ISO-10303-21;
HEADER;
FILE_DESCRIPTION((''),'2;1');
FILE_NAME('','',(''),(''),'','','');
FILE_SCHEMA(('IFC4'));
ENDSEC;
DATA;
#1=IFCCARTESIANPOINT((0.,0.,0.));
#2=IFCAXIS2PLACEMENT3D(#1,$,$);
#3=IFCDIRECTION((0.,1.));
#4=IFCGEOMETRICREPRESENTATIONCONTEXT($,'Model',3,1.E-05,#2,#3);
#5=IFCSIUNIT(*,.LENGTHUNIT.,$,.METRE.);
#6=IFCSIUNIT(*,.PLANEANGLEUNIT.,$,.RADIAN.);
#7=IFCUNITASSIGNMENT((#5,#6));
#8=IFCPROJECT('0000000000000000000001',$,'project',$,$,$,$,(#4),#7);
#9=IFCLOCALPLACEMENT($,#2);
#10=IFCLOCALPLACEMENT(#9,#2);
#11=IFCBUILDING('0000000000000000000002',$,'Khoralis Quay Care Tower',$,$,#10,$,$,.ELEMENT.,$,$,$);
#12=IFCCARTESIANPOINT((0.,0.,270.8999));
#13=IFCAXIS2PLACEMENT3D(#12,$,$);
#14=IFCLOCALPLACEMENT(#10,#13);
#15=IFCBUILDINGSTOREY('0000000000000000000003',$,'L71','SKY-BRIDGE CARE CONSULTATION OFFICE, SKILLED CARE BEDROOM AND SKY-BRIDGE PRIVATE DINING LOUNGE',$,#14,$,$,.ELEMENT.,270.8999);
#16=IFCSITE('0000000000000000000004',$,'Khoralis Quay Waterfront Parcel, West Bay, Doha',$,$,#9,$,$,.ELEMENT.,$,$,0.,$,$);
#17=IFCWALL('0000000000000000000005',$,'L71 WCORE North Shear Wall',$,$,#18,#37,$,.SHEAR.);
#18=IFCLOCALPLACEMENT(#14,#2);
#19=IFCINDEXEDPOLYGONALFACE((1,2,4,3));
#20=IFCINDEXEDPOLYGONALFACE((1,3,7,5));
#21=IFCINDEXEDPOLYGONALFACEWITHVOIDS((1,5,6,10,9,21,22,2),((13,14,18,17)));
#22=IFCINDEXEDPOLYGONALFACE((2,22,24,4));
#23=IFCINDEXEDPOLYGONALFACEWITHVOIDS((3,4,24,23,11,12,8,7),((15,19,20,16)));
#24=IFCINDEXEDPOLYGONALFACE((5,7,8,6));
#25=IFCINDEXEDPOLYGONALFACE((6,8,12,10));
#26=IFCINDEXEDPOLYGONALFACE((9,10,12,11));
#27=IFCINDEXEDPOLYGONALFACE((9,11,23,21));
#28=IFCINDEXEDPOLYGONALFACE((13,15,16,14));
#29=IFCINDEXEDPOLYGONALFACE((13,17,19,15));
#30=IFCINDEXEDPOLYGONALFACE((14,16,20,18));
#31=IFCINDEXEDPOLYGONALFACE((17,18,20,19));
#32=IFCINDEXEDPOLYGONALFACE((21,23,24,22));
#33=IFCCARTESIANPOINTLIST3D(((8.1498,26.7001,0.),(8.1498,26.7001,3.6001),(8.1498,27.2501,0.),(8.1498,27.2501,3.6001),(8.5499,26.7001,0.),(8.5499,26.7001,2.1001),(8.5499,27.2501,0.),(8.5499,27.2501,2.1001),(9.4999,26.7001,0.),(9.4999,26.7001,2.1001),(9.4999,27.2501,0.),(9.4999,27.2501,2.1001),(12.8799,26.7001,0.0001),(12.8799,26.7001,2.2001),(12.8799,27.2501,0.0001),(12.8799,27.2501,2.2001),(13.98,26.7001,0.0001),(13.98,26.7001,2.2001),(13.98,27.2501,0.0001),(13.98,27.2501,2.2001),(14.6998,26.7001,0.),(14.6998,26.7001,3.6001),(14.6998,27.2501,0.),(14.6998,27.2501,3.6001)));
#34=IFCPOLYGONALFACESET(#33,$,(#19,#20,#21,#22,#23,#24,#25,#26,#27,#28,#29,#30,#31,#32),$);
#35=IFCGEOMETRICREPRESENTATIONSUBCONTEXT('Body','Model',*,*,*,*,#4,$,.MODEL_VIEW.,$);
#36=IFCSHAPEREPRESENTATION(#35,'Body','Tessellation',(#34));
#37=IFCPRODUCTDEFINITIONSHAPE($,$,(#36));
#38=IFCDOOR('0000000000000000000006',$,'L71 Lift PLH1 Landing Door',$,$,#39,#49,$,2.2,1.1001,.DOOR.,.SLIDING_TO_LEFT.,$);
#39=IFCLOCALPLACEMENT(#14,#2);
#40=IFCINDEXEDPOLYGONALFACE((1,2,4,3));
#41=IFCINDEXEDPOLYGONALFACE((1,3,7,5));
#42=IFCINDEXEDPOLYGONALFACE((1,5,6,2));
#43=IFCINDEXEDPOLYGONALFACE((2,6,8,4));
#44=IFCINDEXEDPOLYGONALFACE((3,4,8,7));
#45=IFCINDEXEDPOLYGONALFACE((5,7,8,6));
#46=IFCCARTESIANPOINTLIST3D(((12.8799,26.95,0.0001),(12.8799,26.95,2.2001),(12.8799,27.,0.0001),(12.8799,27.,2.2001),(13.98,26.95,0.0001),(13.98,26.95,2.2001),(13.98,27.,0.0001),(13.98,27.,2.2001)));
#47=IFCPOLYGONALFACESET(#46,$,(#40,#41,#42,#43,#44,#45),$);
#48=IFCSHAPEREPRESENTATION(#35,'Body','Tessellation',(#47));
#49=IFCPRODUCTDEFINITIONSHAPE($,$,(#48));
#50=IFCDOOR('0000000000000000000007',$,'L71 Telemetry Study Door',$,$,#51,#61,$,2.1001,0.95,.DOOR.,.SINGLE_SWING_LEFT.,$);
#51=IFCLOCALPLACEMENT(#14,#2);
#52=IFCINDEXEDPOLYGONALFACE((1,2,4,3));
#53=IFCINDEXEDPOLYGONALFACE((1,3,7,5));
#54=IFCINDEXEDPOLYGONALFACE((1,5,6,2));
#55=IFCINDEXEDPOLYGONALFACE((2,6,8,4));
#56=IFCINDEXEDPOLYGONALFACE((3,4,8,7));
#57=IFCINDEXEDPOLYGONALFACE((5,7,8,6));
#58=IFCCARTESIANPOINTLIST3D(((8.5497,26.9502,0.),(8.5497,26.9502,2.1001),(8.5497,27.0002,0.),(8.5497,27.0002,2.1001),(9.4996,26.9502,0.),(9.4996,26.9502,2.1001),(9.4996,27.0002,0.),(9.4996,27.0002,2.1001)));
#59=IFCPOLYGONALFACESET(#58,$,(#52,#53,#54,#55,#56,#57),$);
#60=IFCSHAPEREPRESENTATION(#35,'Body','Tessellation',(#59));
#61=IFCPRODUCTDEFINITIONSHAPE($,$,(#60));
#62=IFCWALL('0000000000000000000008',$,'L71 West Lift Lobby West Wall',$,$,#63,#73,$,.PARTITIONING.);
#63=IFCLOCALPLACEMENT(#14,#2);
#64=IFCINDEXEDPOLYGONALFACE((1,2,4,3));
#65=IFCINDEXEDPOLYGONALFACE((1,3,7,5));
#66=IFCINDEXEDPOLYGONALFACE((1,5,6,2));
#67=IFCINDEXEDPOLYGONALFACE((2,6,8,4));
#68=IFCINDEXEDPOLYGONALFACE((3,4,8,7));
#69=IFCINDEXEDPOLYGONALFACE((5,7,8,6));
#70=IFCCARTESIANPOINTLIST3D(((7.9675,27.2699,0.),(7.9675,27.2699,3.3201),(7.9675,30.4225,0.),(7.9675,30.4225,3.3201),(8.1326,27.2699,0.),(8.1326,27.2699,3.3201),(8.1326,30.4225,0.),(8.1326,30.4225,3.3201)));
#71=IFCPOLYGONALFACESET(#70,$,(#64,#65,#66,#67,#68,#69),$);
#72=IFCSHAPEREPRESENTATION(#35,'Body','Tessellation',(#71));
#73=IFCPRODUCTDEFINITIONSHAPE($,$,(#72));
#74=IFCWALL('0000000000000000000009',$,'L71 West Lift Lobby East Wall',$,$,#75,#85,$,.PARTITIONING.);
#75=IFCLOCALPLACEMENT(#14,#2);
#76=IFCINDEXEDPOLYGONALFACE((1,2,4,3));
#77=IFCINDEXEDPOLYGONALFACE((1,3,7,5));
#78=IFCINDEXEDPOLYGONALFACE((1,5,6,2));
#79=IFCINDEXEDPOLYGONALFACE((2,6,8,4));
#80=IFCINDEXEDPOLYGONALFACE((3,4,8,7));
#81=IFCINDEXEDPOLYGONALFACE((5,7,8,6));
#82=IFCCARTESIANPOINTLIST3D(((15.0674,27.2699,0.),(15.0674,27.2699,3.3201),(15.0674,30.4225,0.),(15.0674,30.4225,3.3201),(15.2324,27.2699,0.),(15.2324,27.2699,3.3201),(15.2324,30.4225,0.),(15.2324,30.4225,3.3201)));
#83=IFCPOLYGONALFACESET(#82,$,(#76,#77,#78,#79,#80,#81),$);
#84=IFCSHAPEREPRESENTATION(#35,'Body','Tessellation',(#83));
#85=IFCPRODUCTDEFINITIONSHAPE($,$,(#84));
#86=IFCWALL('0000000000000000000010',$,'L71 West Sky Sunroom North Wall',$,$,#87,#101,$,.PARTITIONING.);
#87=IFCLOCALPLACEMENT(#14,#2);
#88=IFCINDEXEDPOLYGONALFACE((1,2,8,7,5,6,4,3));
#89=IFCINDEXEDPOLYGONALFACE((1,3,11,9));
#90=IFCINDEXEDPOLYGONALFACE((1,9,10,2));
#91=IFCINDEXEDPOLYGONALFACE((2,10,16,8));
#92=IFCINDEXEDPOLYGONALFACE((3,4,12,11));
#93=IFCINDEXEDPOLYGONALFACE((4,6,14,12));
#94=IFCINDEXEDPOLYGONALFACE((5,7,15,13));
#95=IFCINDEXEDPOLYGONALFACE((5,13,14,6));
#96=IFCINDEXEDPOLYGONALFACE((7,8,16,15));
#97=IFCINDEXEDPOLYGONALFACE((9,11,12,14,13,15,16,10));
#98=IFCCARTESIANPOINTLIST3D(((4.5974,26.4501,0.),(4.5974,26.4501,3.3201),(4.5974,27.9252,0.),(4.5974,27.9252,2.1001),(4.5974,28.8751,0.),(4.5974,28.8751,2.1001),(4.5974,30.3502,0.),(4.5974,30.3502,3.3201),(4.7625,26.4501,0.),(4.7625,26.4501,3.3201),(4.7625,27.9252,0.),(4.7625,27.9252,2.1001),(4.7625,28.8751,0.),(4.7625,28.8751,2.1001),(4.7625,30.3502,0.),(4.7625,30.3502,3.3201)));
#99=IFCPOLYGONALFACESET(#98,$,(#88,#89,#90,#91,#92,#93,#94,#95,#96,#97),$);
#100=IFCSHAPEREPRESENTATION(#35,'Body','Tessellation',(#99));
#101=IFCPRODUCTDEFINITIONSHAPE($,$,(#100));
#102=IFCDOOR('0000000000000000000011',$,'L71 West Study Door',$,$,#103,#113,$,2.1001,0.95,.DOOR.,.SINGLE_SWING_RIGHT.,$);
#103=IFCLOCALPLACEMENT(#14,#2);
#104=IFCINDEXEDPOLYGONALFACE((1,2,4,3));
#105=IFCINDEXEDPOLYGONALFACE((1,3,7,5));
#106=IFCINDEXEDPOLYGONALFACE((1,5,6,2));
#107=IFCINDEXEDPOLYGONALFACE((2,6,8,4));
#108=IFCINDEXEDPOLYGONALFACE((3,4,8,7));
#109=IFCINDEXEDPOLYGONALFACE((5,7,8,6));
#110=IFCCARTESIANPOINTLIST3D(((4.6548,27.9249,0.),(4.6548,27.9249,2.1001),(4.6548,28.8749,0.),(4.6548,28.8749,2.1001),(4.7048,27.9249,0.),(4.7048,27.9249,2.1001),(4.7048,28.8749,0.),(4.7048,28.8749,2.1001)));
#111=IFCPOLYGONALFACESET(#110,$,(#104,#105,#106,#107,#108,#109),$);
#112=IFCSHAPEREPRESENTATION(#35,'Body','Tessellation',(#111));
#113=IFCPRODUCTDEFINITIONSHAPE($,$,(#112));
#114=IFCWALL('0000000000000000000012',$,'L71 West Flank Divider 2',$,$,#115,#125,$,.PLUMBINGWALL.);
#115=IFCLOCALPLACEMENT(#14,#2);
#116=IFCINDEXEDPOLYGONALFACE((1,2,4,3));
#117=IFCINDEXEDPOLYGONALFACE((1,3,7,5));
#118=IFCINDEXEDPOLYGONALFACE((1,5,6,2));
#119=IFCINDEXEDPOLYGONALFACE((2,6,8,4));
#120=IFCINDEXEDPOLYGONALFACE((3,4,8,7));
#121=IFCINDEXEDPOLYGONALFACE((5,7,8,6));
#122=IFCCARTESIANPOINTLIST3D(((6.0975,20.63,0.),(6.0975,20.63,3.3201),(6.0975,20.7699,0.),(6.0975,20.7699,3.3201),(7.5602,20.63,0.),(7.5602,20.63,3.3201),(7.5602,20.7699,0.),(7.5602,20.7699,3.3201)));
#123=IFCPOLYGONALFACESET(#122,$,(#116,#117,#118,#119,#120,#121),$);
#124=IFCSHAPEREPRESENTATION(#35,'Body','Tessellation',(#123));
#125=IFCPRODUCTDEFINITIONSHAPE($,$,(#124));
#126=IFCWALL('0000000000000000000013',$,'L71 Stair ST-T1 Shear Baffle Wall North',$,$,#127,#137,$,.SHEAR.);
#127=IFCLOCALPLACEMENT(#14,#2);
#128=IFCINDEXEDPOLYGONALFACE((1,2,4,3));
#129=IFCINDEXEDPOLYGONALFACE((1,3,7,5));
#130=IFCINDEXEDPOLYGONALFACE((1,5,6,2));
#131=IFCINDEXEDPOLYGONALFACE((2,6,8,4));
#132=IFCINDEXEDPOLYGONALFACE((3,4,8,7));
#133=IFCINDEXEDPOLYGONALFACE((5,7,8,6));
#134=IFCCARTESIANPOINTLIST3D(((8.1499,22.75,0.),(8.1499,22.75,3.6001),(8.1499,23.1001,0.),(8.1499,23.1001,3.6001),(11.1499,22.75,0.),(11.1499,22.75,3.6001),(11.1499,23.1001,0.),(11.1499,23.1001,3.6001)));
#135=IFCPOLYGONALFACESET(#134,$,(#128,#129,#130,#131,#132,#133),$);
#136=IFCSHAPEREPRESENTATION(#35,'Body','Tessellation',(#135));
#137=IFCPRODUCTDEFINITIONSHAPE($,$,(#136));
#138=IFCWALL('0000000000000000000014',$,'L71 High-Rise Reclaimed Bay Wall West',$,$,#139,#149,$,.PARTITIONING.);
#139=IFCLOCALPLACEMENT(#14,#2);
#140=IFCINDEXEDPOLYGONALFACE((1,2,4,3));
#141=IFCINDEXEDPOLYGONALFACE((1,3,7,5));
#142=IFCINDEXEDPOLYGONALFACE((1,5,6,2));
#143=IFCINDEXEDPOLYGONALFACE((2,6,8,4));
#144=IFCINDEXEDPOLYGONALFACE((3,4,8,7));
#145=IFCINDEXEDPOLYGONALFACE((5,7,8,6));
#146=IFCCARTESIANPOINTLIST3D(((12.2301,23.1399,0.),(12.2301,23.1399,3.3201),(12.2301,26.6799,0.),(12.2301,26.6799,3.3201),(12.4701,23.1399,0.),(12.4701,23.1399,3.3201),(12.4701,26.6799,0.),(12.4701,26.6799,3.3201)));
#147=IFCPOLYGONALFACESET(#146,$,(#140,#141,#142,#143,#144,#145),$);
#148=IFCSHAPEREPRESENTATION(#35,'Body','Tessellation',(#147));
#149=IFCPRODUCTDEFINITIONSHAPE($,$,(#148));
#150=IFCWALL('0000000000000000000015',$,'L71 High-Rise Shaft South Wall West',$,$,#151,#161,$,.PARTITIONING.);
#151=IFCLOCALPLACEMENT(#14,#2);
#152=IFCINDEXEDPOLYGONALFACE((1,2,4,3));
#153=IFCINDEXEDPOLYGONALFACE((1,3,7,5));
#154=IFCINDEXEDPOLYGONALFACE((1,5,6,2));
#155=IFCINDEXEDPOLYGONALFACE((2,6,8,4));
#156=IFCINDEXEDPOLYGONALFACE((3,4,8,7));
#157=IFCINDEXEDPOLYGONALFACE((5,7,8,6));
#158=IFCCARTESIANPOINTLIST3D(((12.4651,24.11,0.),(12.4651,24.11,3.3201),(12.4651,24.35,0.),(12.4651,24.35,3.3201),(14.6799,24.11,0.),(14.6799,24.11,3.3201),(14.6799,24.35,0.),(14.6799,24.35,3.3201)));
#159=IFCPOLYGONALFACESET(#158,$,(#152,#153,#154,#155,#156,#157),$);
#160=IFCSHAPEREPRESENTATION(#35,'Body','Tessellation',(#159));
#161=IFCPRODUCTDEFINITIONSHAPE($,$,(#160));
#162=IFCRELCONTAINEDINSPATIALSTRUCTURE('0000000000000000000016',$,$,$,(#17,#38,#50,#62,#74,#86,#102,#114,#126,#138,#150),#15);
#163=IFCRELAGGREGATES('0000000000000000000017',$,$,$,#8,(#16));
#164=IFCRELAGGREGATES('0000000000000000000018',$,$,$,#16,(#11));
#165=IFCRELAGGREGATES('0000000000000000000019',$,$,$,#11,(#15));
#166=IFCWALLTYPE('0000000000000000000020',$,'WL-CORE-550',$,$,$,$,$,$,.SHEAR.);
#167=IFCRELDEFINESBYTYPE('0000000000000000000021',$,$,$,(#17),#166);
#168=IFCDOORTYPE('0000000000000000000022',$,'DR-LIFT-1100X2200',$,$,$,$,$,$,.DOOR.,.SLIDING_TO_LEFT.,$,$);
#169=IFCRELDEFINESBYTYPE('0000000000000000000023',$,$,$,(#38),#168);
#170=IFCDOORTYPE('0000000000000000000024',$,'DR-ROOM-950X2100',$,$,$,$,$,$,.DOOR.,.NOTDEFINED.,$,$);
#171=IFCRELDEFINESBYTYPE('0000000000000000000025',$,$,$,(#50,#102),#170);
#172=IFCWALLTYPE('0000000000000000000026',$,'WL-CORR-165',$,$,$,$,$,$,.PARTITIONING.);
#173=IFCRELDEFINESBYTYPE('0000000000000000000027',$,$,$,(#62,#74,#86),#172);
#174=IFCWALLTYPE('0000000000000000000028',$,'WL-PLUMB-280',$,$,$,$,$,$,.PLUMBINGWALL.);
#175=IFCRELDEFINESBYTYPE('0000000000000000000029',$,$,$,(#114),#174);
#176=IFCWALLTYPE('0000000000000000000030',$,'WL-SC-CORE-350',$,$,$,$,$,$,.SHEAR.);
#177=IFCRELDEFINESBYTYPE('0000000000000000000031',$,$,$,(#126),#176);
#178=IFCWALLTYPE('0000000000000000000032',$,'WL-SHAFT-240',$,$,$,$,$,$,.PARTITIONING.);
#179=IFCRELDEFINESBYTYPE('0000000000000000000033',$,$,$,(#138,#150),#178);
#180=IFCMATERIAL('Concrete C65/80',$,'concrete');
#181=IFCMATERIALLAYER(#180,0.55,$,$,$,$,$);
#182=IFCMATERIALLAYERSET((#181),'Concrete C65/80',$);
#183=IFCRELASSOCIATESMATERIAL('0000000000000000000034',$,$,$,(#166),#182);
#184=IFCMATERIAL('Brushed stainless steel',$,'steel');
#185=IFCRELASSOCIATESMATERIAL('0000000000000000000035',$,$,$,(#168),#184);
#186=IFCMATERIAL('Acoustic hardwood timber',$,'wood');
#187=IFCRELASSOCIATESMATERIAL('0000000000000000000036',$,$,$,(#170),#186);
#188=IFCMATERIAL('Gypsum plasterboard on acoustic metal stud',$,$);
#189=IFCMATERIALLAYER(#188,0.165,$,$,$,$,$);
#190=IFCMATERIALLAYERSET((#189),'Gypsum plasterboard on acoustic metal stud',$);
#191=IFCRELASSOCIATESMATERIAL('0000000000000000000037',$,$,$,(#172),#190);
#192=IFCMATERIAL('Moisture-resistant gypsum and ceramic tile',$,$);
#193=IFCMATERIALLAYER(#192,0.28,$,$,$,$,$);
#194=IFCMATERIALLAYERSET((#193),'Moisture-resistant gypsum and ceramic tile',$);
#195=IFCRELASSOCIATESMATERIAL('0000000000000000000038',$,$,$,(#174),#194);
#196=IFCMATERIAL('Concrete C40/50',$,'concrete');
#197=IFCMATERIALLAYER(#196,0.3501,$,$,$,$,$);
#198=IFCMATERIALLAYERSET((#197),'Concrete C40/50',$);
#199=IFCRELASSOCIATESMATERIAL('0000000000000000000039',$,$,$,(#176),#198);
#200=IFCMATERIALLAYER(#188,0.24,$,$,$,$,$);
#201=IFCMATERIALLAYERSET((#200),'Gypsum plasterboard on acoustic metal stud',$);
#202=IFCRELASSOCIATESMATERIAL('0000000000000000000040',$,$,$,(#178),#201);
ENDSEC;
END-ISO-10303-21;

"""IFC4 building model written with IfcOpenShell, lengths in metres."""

from ifc_helpers import new_model, si_unit, direction, frame, frame_2d, origin, place, context, subcontext, project, spatial, rectangle, extrude, source, transform, mapped, material, layer, layer_set, type_object, element, fill, save


model = new_model("IFC4")

# Units and contexts
model_context = context("Model", 3, precision=1e-05, world=origin(), true_north=direction((0.0, 1.0)))
body_context = subcontext(model_context, "Body", "Model", "MODEL_VIEW")
ifc_project = project(units=[si_unit("LENGTHUNIT", "METRE"), si_unit("PLANEANGLEUNIT", "RADIAN")], contexts=[model_context])

# Site, building, storey
site_placement = place(None, origin())
site = spatial("IfcSite", under=ifc_project, at=site_placement, Name="Khoralis Quay Waterfront Parcel, West Bay, Doha", CompositionType="ELEMENT", RefElevation=0.0)
building_placement = place(site_placement, origin())
building = spatial("IfcBuilding", under=site, at=building_placement, Name="Khoralis Quay Care Tower", CompositionType="ELEMENT")
storey_placement = place(building_placement, frame((0.0, 0.0, 270.8999)))
storey = spatial("IfcBuildingStorey", under=building, at=storey_placement, Name="L71", Description="SKY-BRIDGE CARE CONSULTATION OFFICE, SKILLED CARE BEDROOM AND SKY-BRIDGE PRIVATE DINING LOUNGE", CompositionType="ELEMENT", Elevation=270.8999)

# Wall, openings, doors
ifc_material_1 = material(Name="Concrete C65/80", Category="concrete")
ifc_layer_1 = layer(ifc_material_1, 0.55)
ifc_layer_set_1 = layer_set([ifc_layer_1], Name="Concrete C65/80")
wall_type_1 = type_object("IfcWallType", Name="WL-CORE-550", PredefinedType="SHEAR", material=ifc_layer_set_1)
wall_1_placement = place(storey_placement, frame((8.1499, 26.9751, 0.0), z_axis=(0.0, 0.0, 1.0), x_axis=(1.0, 0.0, 0.0)))
wall_1 = element("IfcWall", 1, at=wall_1_placement, inside=storey, type_object=wall_type_1, Name="L71 WCORE North Shear Wall", PredefinedType="SHEAR", context=body_context, shape_type="SweptSolid", body=[
    extrude(rectangle(XDim=6.55, YDim=0.55, at=frame_2d((3.2749, 0.0))), origin(), (0.0, 0.0, 1.0), 3.6001),
])
opening_1_placement = place(wall_1_placement, frame((0.3999, 0.0, 0.0)))
opening_1 = element("IfcOpeningElement", 2, at=opening_1_placement, cuts=wall_1, PredefinedType="OPENING", context=body_context, shape_type="SweptSolid", body=[
    extrude(rectangle(XDim=0.95, YDim=2.1001, at=frame_2d((0.4751, 1.05))), frame((0.0, 0.2852, 0.0), z_axis=(0.0, -1.0, 0.0), x_axis=(1.0, 0.0, 0.0)), (0.0, 0.0, 1.0), 0.5701),
])
opening_2_placement = place(wall_1_placement, frame((4.73, 0.0, 0.0)))
opening_2 = element("IfcOpeningElement", 3, at=opening_2_placement, cuts=wall_1, PredefinedType="OPENING", context=body_context, shape_type="SweptSolid", body=[
    extrude(rectangle(XDim=1.1001, YDim=2.2, at=frame_2d((0.55, 1.1001))), frame((0.0, 0.2852, 0.0), z_axis=(0.0, -1.0, 0.0), x_axis=(1.0, 0.0, 0.0)), (0.0, 0.0, 1.0), 0.5701),
])
ifc_material_2 = material(Name="Brushed stainless steel", Category="steel")
door_type_1 = type_object("IfcDoorType", Name="DR-LIFT-1100X2200", OperationType="SLIDING_TO_LEFT", PredefinedType="DOOR", material=ifc_material_2)
shared_shape_1 = source(origin(), body_context, "Body", "SweptSolid", [
    extrude(rectangle(XDim=1.1001, YDim=2.2, at=frame_2d((0.55, 1.1001))), frame((0.0, 0.0249, 0.0), z_axis=(0.0, -1.0, 0.0), x_axis=(1.0, 0.0, 0.0)), (0.0, 0.0, 1.0), 0.05),
])
door_1_placement = place(opening_2_placement, origin())
door_1 = element("IfcDoor", 4, at=door_1_placement, inside=storey, type_object=door_type_1, Name="L71 Lift PLH1 Landing Door", OperationType="SLIDING_TO_LEFT", OverallHeight=2.2, OverallWidth=1.1001, PredefinedType="DOOR", context=body_context, shape_type="MappedRepresentation", body=[
    mapped(shared_shape_1, transform((0.0, 0.0, 0.0), scale=1.0)),
])
fill(opening_2, door_1)
ifc_material_3 = material(Name="Acoustic hardwood timber", Category="wood")
door_type_2 = type_object("IfcDoorType", Name="DR-ROOM-950X2100", OperationType="NOTDEFINED", PredefinedType="DOOR", material=ifc_material_3)
shared_shape_2 = source(origin(), body_context, "Body", "SweptSolid", [
    extrude(rectangle(XDim=0.95, YDim=2.1001, at=frame_2d((0.4751, 1.05))), frame((0.0, 0.0249, 0.0), z_axis=(0.0, -1.0, 0.0), x_axis=(1.0, 0.0, 0.0)), (0.0, 0.0, 1.0), 0.05),
])
door_2_placement = place(opening_1_placement, frame((0.95, 0.0, 0.0), z_axis=(0.0, 0.0, 1.0), x_axis=(-1.0, 0.0, 0.0)))
door_2 = element("IfcDoor", 5, at=door_2_placement, inside=storey, type_object=door_type_2, Name="L71 Telemetry Study Door", OperationType="SINGLE_SWING_LEFT", OverallHeight=2.1001, OverallWidth=0.95, PredefinedType="DOOR", context=body_context, shape_type="MappedRepresentation", body=[
    mapped(shared_shape_2, transform((0.0, 0.0, 0.0), scale=1.0)),
])
fill(opening_1, door_2)

# Walls
ifc_material_4 = material(Name="Gypsum plasterboard on acoustic metal stud")
ifc_layer_2 = layer(ifc_material_4, 0.165)
ifc_layer_set_2 = layer_set([ifc_layer_2], Name="Gypsum plasterboard on acoustic metal stud")
wall_type_2 = type_object("IfcWallType", Name="WL-CORR-165", PredefinedType="PARTITIONING", material=ifc_layer_set_2)
for number, where, z_axis, x_axis, name in (
    (6, (8.05, 27.27, 0.0), (0.0, 0.0, 1.0), (0.0, 1.0, 0.0), "L71 West Lift Lobby West Wall"),
    (7, (15.1499, 27.27, 0.0), (0.0, 0.0, 1.0), (0.0, 1.0, 0.0), "L71 West Lift Lobby East Wall"),
):
    element("IfcWall", number, at=place(storey_placement, frame(where, z_axis=z_axis, x_axis=x_axis)), inside=storey, type_object=wall_type_2, Name=name, PredefinedType="PARTITIONING", context=body_context, shape_type="SweptSolid", body=[
        extrude(rectangle(XDim=3.1526, YDim=0.165, at=frame_2d((1.5762, 0.0))), origin(), (0.0, 0.0, 1.0), 3.3201),
    ])

# Wall, opening, door
wall_2_placement = place(storey_placement, frame((4.6799, 26.45, 0.0), z_axis=(0.0, 0.0, 1.0), x_axis=(0.0, 1.0, 0.0)))
wall_2 = element("IfcWall", 8, at=wall_2_placement, inside=storey, type_object=wall_type_2, Name="L71 West Sky Sunroom North Wall", PredefinedType="PARTITIONING", context=body_context, shape_type="SweptSolid", body=[
    extrude(rectangle(XDim=3.9001, YDim=0.165, at=frame_2d((1.9502, 0.0))), origin(), (0.0, 0.0, 1.0), 3.3201),
])
opening_3_placement = place(wall_2_placement, frame((1.4751, 0.0, 0.0)))
opening_3 = element("IfcOpeningElement", 9, at=opening_3_placement, cuts=wall_2, PredefinedType="OPENING", context=body_context, shape_type="SweptSolid", body=[
    extrude(rectangle(XDim=0.95, YDim=2.1001, at=frame_2d((0.4751, 1.05))), frame((0.0, 0.0925, 0.0), z_axis=(0.0, -1.0, 0.0), x_axis=(1.0, 0.0, 0.0)), (0.0, 0.0, 1.0), 0.1851),
])
door_3_placement = place(opening_3_placement, frame((0.95, 0.0, 0.0), z_axis=(0.0, 0.0, 1.0), x_axis=(-1.0, 0.0, 0.0)))
door_3 = element("IfcDoor", 10, at=door_3_placement, inside=storey, type_object=door_type_2, Name="L71 West Study Door", OperationType="SINGLE_SWING_RIGHT", OverallHeight=2.1001, OverallWidth=0.95, PredefinedType="DOOR", context=body_context, shape_type="MappedRepresentation", body=[
    mapped(shared_shape_2, transform((0.0, 0.0, 0.0), scale=1.0)),
])
fill(opening_3, door_3)

# Walls
ifc_material_5 = material(Name="Moisture-resistant gypsum and ceramic tile")
ifc_layer_3 = layer(ifc_material_5, 0.28)
ifc_layer_set_3 = layer_set([ifc_layer_3], Name="Moisture-resistant gypsum and ceramic tile")
wall_type_3 = type_object("IfcWallType", Name="WL-PLUMB-280", PredefinedType="PLUMBINGWALL", material=ifc_layer_set_3)
wall_3_placement = place(storey_placement, frame((6.0974, 20.7, 0.0), z_axis=(0.0, 0.0, 1.0), x_axis=(1.0, 0.0, 0.0)))
element("IfcWall", 11, at=wall_3_placement, inside=storey, type_object=wall_type_3, Name="L71 West Flank Divider 2", PredefinedType="PLUMBINGWALL", context=body_context, shape_type="SweptSolid", body=[
    extrude(rectangle(XDim=1.4626, YDim=0.1399, at=frame_2d((0.7314, 0.0))), origin(), (0.0, 0.0, 1.0), 3.3201),
])
ifc_material_6 = material(Name="Concrete C40/50", Category="concrete")
ifc_layer_4 = layer(ifc_material_6, 0.3501)
ifc_layer_set_4 = layer_set([ifc_layer_4], Name="Concrete C40/50")
wall_type_4 = type_object("IfcWallType", Name="WL-SC-CORE-350", PredefinedType="SHEAR", material=ifc_layer_set_4)
wall_4_placement = place(storey_placement, frame((8.1499, 22.925, 0.0), z_axis=(0.0, 0.0, 1.0), x_axis=(1.0, 0.0, 0.0)))
element("IfcWall", 12, at=wall_4_placement, inside=storey, type_object=wall_type_4, Name="L71 Stair ST-T1 Shear Baffle Wall North", PredefinedType="SHEAR", context=body_context, shape_type="SweptSolid", body=[
    extrude(rectangle(XDim=3.0, YDim=0.3501, at=frame_2d((1.5, 0.0))), origin(), (0.0, 0.0, 1.0), 3.6001),
])
ifc_layer_5 = layer(ifc_material_4, 0.24)
ifc_layer_set_5 = layer_set([ifc_layer_5], Name="Gypsum plasterboard on acoustic metal stud")
wall_type_5 = type_object("IfcWallType", Name="WL-SHAFT-240", PredefinedType="PARTITIONING", material=ifc_layer_set_5)
wall_5_placement = place(storey_placement, frame((12.3501, 23.1399, 0.0), z_axis=(0.0, 0.0, 1.0), x_axis=(0.0, 1.0, 0.0)))
element("IfcWall", 13, at=wall_5_placement, inside=storey, type_object=wall_type_5, Name="L71 High-Rise Reclaimed Bay Wall West", PredefinedType="PARTITIONING", context=body_context, shape_type="SweptSolid", body=[
    extrude(rectangle(XDim=3.54, YDim=0.24, at=frame_2d((1.77, 0.0))), origin(), (0.0, 0.0, 1.0), 3.3201),
])
wall_6_placement = place(storey_placement, frame((12.4651, 24.23, 0.0), z_axis=(0.0, 0.0, 1.0), x_axis=(1.0, 0.0, 0.0)))
element("IfcWall", 14, at=wall_6_placement, inside=storey, type_object=wall_type_5, Name="L71 High-Rise Shaft South Wall West", PredefinedType="PARTITIONING", context=body_context, shape_type="SweptSolid", body=[
    extrude(rectangle(XDim=2.2148, YDim=0.24, at=frame_2d((1.1074, 0.0))), origin(), (0.0, 0.0, 1.0), 3.3201),
])

save(model, "model.ifc")
